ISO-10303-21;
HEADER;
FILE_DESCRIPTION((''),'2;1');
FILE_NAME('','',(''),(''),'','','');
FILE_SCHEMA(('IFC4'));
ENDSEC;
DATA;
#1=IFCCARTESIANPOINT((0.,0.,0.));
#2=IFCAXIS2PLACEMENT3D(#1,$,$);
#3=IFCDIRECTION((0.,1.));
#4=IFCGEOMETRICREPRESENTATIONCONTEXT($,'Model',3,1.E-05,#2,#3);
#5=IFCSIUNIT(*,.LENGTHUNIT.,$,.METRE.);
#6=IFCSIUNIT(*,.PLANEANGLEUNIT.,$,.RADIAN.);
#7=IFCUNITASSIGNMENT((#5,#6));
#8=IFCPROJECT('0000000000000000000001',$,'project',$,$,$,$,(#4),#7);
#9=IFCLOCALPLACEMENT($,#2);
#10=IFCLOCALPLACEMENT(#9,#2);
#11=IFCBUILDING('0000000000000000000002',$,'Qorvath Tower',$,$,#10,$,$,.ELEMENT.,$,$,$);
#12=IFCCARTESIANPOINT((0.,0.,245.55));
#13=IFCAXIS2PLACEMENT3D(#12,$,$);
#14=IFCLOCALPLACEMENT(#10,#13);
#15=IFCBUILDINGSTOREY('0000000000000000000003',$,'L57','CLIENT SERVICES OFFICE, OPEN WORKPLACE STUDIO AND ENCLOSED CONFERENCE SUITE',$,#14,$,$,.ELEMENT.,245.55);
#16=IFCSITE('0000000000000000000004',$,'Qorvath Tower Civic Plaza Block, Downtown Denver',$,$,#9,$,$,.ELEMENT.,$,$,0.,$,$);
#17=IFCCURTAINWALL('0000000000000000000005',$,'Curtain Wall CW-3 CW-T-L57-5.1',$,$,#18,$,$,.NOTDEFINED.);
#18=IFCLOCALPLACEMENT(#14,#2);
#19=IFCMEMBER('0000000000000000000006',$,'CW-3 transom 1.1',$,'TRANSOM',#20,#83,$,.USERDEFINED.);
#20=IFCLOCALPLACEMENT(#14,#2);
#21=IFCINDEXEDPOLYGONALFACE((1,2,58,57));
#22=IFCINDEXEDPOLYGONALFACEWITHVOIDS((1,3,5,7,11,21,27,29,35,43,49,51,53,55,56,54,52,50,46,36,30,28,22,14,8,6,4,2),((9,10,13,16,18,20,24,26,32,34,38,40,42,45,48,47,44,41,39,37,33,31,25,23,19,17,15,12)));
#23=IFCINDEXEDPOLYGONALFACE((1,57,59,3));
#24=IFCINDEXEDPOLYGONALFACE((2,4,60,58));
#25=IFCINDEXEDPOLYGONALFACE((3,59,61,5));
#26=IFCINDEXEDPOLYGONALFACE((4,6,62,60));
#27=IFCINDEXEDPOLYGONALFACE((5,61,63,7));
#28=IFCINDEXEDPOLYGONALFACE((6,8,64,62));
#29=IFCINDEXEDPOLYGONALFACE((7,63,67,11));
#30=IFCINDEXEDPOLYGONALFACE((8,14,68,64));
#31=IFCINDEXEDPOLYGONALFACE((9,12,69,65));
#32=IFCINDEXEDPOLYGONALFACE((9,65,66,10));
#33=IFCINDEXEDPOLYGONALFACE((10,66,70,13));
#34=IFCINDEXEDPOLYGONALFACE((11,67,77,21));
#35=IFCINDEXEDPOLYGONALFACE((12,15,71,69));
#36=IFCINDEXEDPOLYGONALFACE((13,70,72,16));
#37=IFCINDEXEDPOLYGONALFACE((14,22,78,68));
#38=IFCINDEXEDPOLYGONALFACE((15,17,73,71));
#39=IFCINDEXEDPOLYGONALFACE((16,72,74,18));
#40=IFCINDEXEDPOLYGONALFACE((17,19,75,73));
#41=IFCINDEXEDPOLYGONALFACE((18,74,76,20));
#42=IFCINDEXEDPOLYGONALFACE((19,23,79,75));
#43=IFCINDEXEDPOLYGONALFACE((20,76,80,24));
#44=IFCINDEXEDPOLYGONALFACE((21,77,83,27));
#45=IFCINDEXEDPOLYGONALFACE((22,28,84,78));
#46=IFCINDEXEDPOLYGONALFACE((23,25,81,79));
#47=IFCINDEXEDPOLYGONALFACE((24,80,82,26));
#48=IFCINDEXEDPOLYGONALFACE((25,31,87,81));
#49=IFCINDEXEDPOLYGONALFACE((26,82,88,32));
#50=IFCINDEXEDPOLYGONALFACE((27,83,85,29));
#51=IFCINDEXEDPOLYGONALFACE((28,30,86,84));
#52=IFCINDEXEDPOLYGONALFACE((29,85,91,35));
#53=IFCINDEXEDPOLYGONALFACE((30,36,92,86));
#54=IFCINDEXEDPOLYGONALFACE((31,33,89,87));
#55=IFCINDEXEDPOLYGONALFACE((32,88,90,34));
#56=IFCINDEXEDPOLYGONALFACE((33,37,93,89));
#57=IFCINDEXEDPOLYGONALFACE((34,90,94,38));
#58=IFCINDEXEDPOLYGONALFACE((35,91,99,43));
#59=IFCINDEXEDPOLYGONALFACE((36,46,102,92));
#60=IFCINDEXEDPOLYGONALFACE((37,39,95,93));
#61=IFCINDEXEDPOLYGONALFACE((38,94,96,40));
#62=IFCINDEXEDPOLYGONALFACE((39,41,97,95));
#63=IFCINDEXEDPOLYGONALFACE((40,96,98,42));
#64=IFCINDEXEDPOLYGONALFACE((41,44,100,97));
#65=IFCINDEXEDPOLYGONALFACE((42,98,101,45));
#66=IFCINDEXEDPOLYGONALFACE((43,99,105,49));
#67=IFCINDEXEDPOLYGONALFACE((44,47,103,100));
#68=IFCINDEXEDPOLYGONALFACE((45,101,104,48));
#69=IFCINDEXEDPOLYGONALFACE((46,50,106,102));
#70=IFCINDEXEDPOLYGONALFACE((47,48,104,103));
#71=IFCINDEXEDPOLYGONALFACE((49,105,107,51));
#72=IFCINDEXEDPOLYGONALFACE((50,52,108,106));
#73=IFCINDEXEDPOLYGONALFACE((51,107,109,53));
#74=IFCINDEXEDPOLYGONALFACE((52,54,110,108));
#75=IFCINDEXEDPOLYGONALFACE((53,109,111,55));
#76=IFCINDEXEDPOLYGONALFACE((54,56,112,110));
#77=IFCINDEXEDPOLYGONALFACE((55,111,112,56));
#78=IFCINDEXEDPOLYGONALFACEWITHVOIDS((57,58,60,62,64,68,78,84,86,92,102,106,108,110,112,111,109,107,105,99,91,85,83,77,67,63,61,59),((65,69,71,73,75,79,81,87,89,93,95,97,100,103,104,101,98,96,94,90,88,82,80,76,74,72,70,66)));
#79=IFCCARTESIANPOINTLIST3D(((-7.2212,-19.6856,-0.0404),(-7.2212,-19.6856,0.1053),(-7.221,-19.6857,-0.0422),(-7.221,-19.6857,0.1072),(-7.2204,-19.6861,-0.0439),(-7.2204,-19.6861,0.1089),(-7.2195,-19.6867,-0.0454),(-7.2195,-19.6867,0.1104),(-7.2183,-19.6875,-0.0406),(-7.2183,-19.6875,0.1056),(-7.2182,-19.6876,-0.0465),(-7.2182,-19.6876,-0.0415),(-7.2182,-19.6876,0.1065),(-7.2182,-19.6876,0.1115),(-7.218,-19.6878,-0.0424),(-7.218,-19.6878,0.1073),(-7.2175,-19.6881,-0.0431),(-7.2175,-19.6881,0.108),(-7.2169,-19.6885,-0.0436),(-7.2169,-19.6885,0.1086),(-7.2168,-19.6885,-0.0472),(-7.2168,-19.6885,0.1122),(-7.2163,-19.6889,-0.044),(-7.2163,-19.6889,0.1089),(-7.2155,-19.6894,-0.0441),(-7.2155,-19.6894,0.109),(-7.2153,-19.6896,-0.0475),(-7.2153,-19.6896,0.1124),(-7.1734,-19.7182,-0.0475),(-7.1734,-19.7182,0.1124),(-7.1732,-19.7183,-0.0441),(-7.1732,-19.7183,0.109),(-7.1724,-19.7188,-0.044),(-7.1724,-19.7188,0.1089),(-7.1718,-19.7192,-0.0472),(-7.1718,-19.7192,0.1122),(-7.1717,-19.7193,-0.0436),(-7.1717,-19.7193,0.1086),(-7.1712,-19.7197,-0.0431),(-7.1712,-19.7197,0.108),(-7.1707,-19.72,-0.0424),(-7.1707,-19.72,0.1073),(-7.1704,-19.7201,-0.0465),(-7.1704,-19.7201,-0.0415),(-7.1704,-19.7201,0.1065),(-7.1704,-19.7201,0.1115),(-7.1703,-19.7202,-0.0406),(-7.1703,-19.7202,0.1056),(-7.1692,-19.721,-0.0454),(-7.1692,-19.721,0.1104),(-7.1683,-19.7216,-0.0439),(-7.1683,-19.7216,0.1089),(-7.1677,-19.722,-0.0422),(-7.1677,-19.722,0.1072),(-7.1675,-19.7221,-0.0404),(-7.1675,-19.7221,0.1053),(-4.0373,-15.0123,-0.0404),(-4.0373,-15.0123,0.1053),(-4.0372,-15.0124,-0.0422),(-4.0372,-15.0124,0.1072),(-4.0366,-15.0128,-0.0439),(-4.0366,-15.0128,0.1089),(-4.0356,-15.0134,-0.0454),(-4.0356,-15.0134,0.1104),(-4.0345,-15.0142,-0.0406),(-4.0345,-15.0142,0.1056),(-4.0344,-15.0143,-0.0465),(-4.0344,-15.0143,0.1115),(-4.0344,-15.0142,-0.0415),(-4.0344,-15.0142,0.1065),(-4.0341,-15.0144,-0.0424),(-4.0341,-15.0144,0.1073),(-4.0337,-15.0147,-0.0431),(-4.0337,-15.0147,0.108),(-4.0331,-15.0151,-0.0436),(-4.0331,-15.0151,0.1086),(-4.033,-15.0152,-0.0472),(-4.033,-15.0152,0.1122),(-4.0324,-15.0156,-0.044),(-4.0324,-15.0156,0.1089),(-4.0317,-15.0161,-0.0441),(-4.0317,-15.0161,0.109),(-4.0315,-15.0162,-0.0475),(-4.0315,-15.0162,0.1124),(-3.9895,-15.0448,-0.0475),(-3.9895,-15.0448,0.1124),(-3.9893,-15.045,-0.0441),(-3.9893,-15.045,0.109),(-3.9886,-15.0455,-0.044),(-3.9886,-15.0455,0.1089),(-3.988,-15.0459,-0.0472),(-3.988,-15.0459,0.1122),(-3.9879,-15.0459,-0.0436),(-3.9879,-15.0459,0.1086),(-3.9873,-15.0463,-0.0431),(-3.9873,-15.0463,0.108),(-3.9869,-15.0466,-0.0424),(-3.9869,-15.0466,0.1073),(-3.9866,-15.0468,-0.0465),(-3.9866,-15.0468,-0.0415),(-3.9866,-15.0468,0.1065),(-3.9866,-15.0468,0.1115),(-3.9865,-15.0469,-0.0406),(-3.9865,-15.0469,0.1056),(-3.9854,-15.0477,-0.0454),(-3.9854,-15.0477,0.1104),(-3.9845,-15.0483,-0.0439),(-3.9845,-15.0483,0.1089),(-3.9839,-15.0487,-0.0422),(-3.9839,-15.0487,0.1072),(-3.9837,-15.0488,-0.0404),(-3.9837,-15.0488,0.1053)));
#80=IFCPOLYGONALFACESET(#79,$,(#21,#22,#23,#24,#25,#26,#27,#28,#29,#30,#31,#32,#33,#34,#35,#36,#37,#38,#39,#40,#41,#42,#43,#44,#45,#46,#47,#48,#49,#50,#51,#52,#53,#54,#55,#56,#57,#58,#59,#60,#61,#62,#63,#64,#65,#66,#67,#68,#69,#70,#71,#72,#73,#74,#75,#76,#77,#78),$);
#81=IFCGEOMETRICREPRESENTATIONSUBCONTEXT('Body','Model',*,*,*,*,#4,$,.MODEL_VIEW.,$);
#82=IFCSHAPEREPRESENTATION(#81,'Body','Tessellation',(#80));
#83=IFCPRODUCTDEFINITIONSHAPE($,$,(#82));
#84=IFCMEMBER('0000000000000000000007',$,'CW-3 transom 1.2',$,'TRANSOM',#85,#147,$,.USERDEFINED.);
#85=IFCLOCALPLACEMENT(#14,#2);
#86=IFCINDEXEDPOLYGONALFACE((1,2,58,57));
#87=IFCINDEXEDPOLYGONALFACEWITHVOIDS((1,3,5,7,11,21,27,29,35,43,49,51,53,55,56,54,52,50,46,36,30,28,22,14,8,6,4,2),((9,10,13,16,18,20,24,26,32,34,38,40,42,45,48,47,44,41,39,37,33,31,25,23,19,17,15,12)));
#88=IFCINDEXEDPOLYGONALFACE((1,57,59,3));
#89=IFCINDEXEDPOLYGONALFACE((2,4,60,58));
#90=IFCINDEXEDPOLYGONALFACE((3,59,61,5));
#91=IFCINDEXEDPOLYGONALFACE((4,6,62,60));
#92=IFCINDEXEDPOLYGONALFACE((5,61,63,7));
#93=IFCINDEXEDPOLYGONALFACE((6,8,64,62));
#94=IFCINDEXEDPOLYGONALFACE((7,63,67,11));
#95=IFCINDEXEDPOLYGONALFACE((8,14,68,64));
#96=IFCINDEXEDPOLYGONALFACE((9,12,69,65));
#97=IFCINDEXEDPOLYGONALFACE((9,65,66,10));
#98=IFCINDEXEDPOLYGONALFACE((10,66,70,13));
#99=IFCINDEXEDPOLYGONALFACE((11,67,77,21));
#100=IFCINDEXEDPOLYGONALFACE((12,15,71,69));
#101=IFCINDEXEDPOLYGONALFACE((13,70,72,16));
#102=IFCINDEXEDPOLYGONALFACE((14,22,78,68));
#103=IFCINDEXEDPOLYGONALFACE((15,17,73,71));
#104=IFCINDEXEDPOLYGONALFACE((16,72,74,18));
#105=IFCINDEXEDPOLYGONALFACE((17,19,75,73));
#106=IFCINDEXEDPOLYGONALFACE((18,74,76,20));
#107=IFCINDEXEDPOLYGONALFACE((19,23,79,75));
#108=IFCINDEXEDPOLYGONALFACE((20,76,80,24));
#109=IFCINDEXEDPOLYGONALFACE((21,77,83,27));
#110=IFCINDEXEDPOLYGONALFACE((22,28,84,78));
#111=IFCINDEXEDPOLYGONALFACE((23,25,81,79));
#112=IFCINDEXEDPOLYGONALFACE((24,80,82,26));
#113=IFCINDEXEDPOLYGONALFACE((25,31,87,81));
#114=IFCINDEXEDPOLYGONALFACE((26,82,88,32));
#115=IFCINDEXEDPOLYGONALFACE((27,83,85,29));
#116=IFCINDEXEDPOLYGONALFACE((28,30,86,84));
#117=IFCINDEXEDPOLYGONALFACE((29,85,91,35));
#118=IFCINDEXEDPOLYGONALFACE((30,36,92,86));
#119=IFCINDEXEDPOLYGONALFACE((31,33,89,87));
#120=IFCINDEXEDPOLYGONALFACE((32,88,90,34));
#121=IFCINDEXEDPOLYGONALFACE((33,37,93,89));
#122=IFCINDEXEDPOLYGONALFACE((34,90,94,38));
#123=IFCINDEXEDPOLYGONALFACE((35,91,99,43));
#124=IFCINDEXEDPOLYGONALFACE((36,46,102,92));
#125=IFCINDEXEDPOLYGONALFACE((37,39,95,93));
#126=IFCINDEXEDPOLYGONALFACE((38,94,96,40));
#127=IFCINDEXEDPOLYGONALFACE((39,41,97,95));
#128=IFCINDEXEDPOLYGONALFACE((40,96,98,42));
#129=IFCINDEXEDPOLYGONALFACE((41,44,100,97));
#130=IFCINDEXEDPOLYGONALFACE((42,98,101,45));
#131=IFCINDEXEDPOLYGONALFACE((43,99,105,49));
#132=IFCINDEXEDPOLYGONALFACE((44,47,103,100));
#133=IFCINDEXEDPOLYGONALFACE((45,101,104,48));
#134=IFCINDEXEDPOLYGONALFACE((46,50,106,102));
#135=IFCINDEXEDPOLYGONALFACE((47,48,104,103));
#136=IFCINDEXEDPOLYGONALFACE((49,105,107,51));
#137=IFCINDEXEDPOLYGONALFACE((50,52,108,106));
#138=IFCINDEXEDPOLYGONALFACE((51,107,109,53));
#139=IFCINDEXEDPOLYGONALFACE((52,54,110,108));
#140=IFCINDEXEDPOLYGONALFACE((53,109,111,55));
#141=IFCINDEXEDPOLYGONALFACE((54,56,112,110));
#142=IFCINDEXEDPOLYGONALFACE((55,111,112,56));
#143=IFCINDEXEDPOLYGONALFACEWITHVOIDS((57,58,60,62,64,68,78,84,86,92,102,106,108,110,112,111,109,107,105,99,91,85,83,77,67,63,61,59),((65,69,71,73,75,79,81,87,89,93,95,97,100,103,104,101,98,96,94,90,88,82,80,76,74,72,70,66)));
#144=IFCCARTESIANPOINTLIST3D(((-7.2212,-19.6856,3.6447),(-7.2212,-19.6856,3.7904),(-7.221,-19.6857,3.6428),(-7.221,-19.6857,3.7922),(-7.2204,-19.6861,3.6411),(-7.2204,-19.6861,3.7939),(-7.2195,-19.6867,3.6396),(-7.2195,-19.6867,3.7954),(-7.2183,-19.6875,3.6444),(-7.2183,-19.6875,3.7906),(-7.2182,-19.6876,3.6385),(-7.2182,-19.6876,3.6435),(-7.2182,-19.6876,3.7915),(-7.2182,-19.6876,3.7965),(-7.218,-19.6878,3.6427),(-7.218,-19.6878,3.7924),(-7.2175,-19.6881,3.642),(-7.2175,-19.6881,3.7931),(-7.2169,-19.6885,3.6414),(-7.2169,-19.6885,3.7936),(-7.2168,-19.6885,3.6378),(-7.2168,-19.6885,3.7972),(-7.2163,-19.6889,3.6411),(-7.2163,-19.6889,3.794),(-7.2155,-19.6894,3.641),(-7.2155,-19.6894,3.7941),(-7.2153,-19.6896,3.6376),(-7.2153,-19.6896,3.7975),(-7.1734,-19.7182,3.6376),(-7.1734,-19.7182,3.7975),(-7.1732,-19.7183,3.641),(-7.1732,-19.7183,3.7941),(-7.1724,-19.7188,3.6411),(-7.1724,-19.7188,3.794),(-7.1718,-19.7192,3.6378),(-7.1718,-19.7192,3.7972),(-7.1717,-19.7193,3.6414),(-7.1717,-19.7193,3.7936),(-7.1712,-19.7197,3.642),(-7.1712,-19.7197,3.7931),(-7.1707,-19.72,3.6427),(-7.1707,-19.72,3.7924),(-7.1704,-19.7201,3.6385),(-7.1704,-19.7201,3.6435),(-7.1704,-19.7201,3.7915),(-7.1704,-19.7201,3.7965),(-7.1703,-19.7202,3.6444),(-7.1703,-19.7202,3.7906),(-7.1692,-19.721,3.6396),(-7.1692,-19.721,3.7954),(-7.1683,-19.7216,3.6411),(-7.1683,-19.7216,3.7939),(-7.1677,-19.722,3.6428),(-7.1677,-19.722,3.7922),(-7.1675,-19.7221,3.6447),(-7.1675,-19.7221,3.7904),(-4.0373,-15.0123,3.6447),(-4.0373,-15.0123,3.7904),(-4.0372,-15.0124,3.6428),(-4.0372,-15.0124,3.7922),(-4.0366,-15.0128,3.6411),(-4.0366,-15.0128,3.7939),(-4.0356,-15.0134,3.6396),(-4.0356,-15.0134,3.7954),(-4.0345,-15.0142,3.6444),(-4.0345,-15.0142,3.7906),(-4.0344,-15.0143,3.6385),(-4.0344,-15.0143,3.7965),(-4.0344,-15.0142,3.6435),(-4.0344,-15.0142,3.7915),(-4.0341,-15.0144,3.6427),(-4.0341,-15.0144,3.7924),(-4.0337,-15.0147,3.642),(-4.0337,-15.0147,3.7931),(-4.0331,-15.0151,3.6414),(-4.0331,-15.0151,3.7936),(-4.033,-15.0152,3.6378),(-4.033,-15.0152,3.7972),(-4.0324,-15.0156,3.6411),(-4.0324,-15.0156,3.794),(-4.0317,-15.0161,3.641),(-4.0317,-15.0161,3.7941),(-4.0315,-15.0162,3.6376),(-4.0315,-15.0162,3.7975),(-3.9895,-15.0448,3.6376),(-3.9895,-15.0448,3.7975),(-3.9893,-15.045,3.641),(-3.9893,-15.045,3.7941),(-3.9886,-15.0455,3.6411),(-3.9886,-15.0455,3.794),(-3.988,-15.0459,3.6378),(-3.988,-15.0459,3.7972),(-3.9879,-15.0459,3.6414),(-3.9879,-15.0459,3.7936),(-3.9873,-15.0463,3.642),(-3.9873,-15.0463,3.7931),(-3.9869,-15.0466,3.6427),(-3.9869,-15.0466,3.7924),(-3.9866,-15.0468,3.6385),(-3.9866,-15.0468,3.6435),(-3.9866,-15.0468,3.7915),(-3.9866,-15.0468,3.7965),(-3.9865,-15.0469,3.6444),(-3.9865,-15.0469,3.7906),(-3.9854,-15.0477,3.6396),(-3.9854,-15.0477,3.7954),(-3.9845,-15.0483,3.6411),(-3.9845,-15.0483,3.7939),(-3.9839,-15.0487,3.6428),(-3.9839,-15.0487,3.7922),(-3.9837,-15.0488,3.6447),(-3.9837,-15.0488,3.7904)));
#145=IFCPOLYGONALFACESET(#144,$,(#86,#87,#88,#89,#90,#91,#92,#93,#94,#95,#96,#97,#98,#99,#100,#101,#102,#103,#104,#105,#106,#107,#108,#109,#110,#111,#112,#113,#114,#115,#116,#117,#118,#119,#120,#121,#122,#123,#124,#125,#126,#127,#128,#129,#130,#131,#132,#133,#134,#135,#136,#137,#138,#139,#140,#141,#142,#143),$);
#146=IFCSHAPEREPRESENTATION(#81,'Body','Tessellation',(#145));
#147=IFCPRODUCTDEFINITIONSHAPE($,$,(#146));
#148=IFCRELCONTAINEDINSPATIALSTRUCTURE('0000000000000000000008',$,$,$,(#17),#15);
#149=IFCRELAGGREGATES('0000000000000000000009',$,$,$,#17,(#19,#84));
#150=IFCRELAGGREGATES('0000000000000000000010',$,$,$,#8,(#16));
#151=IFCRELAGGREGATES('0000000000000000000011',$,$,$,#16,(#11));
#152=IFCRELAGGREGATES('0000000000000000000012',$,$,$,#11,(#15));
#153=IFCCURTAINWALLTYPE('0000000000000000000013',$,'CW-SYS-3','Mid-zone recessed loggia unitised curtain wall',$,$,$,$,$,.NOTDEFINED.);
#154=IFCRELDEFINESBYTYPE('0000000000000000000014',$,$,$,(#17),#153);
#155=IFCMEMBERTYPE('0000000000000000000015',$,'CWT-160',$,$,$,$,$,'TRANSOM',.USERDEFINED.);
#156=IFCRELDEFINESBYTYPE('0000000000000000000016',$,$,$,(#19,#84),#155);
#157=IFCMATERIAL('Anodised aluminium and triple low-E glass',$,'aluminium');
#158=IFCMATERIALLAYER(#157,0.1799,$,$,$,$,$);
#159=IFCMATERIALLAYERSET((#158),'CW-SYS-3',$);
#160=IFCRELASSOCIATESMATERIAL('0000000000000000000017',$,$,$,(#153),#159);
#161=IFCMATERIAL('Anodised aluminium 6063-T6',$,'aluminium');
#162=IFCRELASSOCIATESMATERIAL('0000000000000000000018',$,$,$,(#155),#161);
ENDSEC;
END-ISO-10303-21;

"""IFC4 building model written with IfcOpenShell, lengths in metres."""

from ifc_helpers import new_model, si_unit, direction, frame, origin, origin_2d, place, context, subcontext, project, spatial, hollow_rectangle, extrude, material, layer, layer_set, material_profile, profile_set, type_object, element, aggregate, save


model = new_model("IFC4")

# Units and contexts
model_context = context("Model", 3, precision=1e-05, world=origin(), true_north=direction((0.0, 1.0)))
body_context = subcontext(model_context, "Body", "Model", "MODEL_VIEW")
ifc_project = project(units=[si_unit("LENGTHUNIT", "METRE"), si_unit("PLANEANGLEUNIT", "RADIAN")], contexts=[model_context])

# Site, building, storey
site_placement = place(None, origin())
site = spatial("IfcSite", under=ifc_project, at=site_placement, Name="Qorvath Tower Civic Plaza Block, Downtown Denver", CompositionType="ELEMENT", RefElevation=0.0)
building_placement = place(site_placement, origin())
building = spatial("IfcBuilding", under=site, at=building_placement, Name="Qorvath Tower", CompositionType="ELEMENT")
storey_placement = place(building_placement, frame((0.0, 0.0, 245.55)))
storey = spatial("IfcBuildingStorey", under=building, at=storey_placement, Name="L57", Description="CLIENT SERVICES OFFICE, OPEN WORKPLACE STUDIO AND ENCLOSED CONFERENCE SUITE", CompositionType="ELEMENT", Elevation=245.55)

# Shared definitions
ifc_material_1 = material(Name="Anodised aluminium and triple low-E glass", Category="aluminium")
ifc_layer_1 = layer(ifc_material_1, 0.1799)
ifc_layer_set_1 = layer_set([ifc_layer_1], Name="CW-SYS-3")
curtain_wall_type = type_object("IfcCurtainWallType", Name="CW-SYS-3", Description="Mid-zone recessed loggia unitised curtain wall", PredefinedType="NOTDEFINED", material=ifc_layer_set_1)

# Curtain wall
curtain_wall_1_placement = place(storey_placement, origin())
curtain_wall_1 = element("IfcCurtainWall", 1, at=curtain_wall_1_placement, inside=storey, type_object=curtain_wall_type, Name="Curtain Wall CW-3 CW-T-L57-5.1", PredefinedType="NOTDEFINED")

# Members
ifc_material_2 = material(Name="Anodised aluminium 6063-T6", Category="aluminium")
ifc_material_profile_1 = material_profile(ifc_material_2, hollow_rectangle(XDim=0.0649, YDim=0.1599, WallThickness=0.0034, InnerFilletRadius=0.0034, OuterFilletRadius=0.0071, at=origin_2d()), Name="CWT 160x65")
ifc_profile_set_1 = profile_set([ifc_material_profile_1], Name="Anodised aluminium 6063-T6")
member_type_1 = type_object("IfcMemberType", Name="CWT-160", ElementType="TRANSOM", PredefinedType="USERDEFINED", material=ifc_profile_set_1)
member_1_placement = place(storey_placement, frame((-7.1943, -19.7039, 0.0325), z_axis=(0.563031, 0.826436, 0.0), x_axis=(-0.826436, 0.563031, 0.0)))
member_1 = element("IfcMember", 2, at=member_1_placement, type_object=member_type_1, Name="CW-3 transom 1.1", ObjectType="TRANSOM", PredefinedType="USERDEFINED", context=body_context, shape_type="SweptSolid", body=[
    extrude(hollow_rectangle(XDim=0.0649, YDim=0.1599, WallThickness=0.0034, InnerFilletRadius=0.0034, OuterFilletRadius=0.0071, at=origin_2d()), origin(), (0.0, 0.0, 1.0), 5.6548),
])
member_2_placement = place(storey_placement, frame((-7.1943, -19.7039, 3.7175), z_axis=(0.563031, 0.826436, 0.0), x_axis=(-0.826436, 0.563031, 0.0)))
member_2 = element("IfcMember", 3, at=member_2_placement, type_object=member_type_1, Name="CW-3 transom 1.2", ObjectType="TRANSOM", PredefinedType="USERDEFINED", context=body_context, shape_type="SweptSolid", body=[
    extrude(hollow_rectangle(XDim=0.0649, YDim=0.1599, WallThickness=0.0034, InnerFilletRadius=0.0034, OuterFilletRadius=0.0071, at=origin_2d()), origin(), (0.0, 0.0, 1.0), 5.6548),
])

aggregate(curtain_wall_1, [member_1, member_2])

save(model, "model.ifc")
